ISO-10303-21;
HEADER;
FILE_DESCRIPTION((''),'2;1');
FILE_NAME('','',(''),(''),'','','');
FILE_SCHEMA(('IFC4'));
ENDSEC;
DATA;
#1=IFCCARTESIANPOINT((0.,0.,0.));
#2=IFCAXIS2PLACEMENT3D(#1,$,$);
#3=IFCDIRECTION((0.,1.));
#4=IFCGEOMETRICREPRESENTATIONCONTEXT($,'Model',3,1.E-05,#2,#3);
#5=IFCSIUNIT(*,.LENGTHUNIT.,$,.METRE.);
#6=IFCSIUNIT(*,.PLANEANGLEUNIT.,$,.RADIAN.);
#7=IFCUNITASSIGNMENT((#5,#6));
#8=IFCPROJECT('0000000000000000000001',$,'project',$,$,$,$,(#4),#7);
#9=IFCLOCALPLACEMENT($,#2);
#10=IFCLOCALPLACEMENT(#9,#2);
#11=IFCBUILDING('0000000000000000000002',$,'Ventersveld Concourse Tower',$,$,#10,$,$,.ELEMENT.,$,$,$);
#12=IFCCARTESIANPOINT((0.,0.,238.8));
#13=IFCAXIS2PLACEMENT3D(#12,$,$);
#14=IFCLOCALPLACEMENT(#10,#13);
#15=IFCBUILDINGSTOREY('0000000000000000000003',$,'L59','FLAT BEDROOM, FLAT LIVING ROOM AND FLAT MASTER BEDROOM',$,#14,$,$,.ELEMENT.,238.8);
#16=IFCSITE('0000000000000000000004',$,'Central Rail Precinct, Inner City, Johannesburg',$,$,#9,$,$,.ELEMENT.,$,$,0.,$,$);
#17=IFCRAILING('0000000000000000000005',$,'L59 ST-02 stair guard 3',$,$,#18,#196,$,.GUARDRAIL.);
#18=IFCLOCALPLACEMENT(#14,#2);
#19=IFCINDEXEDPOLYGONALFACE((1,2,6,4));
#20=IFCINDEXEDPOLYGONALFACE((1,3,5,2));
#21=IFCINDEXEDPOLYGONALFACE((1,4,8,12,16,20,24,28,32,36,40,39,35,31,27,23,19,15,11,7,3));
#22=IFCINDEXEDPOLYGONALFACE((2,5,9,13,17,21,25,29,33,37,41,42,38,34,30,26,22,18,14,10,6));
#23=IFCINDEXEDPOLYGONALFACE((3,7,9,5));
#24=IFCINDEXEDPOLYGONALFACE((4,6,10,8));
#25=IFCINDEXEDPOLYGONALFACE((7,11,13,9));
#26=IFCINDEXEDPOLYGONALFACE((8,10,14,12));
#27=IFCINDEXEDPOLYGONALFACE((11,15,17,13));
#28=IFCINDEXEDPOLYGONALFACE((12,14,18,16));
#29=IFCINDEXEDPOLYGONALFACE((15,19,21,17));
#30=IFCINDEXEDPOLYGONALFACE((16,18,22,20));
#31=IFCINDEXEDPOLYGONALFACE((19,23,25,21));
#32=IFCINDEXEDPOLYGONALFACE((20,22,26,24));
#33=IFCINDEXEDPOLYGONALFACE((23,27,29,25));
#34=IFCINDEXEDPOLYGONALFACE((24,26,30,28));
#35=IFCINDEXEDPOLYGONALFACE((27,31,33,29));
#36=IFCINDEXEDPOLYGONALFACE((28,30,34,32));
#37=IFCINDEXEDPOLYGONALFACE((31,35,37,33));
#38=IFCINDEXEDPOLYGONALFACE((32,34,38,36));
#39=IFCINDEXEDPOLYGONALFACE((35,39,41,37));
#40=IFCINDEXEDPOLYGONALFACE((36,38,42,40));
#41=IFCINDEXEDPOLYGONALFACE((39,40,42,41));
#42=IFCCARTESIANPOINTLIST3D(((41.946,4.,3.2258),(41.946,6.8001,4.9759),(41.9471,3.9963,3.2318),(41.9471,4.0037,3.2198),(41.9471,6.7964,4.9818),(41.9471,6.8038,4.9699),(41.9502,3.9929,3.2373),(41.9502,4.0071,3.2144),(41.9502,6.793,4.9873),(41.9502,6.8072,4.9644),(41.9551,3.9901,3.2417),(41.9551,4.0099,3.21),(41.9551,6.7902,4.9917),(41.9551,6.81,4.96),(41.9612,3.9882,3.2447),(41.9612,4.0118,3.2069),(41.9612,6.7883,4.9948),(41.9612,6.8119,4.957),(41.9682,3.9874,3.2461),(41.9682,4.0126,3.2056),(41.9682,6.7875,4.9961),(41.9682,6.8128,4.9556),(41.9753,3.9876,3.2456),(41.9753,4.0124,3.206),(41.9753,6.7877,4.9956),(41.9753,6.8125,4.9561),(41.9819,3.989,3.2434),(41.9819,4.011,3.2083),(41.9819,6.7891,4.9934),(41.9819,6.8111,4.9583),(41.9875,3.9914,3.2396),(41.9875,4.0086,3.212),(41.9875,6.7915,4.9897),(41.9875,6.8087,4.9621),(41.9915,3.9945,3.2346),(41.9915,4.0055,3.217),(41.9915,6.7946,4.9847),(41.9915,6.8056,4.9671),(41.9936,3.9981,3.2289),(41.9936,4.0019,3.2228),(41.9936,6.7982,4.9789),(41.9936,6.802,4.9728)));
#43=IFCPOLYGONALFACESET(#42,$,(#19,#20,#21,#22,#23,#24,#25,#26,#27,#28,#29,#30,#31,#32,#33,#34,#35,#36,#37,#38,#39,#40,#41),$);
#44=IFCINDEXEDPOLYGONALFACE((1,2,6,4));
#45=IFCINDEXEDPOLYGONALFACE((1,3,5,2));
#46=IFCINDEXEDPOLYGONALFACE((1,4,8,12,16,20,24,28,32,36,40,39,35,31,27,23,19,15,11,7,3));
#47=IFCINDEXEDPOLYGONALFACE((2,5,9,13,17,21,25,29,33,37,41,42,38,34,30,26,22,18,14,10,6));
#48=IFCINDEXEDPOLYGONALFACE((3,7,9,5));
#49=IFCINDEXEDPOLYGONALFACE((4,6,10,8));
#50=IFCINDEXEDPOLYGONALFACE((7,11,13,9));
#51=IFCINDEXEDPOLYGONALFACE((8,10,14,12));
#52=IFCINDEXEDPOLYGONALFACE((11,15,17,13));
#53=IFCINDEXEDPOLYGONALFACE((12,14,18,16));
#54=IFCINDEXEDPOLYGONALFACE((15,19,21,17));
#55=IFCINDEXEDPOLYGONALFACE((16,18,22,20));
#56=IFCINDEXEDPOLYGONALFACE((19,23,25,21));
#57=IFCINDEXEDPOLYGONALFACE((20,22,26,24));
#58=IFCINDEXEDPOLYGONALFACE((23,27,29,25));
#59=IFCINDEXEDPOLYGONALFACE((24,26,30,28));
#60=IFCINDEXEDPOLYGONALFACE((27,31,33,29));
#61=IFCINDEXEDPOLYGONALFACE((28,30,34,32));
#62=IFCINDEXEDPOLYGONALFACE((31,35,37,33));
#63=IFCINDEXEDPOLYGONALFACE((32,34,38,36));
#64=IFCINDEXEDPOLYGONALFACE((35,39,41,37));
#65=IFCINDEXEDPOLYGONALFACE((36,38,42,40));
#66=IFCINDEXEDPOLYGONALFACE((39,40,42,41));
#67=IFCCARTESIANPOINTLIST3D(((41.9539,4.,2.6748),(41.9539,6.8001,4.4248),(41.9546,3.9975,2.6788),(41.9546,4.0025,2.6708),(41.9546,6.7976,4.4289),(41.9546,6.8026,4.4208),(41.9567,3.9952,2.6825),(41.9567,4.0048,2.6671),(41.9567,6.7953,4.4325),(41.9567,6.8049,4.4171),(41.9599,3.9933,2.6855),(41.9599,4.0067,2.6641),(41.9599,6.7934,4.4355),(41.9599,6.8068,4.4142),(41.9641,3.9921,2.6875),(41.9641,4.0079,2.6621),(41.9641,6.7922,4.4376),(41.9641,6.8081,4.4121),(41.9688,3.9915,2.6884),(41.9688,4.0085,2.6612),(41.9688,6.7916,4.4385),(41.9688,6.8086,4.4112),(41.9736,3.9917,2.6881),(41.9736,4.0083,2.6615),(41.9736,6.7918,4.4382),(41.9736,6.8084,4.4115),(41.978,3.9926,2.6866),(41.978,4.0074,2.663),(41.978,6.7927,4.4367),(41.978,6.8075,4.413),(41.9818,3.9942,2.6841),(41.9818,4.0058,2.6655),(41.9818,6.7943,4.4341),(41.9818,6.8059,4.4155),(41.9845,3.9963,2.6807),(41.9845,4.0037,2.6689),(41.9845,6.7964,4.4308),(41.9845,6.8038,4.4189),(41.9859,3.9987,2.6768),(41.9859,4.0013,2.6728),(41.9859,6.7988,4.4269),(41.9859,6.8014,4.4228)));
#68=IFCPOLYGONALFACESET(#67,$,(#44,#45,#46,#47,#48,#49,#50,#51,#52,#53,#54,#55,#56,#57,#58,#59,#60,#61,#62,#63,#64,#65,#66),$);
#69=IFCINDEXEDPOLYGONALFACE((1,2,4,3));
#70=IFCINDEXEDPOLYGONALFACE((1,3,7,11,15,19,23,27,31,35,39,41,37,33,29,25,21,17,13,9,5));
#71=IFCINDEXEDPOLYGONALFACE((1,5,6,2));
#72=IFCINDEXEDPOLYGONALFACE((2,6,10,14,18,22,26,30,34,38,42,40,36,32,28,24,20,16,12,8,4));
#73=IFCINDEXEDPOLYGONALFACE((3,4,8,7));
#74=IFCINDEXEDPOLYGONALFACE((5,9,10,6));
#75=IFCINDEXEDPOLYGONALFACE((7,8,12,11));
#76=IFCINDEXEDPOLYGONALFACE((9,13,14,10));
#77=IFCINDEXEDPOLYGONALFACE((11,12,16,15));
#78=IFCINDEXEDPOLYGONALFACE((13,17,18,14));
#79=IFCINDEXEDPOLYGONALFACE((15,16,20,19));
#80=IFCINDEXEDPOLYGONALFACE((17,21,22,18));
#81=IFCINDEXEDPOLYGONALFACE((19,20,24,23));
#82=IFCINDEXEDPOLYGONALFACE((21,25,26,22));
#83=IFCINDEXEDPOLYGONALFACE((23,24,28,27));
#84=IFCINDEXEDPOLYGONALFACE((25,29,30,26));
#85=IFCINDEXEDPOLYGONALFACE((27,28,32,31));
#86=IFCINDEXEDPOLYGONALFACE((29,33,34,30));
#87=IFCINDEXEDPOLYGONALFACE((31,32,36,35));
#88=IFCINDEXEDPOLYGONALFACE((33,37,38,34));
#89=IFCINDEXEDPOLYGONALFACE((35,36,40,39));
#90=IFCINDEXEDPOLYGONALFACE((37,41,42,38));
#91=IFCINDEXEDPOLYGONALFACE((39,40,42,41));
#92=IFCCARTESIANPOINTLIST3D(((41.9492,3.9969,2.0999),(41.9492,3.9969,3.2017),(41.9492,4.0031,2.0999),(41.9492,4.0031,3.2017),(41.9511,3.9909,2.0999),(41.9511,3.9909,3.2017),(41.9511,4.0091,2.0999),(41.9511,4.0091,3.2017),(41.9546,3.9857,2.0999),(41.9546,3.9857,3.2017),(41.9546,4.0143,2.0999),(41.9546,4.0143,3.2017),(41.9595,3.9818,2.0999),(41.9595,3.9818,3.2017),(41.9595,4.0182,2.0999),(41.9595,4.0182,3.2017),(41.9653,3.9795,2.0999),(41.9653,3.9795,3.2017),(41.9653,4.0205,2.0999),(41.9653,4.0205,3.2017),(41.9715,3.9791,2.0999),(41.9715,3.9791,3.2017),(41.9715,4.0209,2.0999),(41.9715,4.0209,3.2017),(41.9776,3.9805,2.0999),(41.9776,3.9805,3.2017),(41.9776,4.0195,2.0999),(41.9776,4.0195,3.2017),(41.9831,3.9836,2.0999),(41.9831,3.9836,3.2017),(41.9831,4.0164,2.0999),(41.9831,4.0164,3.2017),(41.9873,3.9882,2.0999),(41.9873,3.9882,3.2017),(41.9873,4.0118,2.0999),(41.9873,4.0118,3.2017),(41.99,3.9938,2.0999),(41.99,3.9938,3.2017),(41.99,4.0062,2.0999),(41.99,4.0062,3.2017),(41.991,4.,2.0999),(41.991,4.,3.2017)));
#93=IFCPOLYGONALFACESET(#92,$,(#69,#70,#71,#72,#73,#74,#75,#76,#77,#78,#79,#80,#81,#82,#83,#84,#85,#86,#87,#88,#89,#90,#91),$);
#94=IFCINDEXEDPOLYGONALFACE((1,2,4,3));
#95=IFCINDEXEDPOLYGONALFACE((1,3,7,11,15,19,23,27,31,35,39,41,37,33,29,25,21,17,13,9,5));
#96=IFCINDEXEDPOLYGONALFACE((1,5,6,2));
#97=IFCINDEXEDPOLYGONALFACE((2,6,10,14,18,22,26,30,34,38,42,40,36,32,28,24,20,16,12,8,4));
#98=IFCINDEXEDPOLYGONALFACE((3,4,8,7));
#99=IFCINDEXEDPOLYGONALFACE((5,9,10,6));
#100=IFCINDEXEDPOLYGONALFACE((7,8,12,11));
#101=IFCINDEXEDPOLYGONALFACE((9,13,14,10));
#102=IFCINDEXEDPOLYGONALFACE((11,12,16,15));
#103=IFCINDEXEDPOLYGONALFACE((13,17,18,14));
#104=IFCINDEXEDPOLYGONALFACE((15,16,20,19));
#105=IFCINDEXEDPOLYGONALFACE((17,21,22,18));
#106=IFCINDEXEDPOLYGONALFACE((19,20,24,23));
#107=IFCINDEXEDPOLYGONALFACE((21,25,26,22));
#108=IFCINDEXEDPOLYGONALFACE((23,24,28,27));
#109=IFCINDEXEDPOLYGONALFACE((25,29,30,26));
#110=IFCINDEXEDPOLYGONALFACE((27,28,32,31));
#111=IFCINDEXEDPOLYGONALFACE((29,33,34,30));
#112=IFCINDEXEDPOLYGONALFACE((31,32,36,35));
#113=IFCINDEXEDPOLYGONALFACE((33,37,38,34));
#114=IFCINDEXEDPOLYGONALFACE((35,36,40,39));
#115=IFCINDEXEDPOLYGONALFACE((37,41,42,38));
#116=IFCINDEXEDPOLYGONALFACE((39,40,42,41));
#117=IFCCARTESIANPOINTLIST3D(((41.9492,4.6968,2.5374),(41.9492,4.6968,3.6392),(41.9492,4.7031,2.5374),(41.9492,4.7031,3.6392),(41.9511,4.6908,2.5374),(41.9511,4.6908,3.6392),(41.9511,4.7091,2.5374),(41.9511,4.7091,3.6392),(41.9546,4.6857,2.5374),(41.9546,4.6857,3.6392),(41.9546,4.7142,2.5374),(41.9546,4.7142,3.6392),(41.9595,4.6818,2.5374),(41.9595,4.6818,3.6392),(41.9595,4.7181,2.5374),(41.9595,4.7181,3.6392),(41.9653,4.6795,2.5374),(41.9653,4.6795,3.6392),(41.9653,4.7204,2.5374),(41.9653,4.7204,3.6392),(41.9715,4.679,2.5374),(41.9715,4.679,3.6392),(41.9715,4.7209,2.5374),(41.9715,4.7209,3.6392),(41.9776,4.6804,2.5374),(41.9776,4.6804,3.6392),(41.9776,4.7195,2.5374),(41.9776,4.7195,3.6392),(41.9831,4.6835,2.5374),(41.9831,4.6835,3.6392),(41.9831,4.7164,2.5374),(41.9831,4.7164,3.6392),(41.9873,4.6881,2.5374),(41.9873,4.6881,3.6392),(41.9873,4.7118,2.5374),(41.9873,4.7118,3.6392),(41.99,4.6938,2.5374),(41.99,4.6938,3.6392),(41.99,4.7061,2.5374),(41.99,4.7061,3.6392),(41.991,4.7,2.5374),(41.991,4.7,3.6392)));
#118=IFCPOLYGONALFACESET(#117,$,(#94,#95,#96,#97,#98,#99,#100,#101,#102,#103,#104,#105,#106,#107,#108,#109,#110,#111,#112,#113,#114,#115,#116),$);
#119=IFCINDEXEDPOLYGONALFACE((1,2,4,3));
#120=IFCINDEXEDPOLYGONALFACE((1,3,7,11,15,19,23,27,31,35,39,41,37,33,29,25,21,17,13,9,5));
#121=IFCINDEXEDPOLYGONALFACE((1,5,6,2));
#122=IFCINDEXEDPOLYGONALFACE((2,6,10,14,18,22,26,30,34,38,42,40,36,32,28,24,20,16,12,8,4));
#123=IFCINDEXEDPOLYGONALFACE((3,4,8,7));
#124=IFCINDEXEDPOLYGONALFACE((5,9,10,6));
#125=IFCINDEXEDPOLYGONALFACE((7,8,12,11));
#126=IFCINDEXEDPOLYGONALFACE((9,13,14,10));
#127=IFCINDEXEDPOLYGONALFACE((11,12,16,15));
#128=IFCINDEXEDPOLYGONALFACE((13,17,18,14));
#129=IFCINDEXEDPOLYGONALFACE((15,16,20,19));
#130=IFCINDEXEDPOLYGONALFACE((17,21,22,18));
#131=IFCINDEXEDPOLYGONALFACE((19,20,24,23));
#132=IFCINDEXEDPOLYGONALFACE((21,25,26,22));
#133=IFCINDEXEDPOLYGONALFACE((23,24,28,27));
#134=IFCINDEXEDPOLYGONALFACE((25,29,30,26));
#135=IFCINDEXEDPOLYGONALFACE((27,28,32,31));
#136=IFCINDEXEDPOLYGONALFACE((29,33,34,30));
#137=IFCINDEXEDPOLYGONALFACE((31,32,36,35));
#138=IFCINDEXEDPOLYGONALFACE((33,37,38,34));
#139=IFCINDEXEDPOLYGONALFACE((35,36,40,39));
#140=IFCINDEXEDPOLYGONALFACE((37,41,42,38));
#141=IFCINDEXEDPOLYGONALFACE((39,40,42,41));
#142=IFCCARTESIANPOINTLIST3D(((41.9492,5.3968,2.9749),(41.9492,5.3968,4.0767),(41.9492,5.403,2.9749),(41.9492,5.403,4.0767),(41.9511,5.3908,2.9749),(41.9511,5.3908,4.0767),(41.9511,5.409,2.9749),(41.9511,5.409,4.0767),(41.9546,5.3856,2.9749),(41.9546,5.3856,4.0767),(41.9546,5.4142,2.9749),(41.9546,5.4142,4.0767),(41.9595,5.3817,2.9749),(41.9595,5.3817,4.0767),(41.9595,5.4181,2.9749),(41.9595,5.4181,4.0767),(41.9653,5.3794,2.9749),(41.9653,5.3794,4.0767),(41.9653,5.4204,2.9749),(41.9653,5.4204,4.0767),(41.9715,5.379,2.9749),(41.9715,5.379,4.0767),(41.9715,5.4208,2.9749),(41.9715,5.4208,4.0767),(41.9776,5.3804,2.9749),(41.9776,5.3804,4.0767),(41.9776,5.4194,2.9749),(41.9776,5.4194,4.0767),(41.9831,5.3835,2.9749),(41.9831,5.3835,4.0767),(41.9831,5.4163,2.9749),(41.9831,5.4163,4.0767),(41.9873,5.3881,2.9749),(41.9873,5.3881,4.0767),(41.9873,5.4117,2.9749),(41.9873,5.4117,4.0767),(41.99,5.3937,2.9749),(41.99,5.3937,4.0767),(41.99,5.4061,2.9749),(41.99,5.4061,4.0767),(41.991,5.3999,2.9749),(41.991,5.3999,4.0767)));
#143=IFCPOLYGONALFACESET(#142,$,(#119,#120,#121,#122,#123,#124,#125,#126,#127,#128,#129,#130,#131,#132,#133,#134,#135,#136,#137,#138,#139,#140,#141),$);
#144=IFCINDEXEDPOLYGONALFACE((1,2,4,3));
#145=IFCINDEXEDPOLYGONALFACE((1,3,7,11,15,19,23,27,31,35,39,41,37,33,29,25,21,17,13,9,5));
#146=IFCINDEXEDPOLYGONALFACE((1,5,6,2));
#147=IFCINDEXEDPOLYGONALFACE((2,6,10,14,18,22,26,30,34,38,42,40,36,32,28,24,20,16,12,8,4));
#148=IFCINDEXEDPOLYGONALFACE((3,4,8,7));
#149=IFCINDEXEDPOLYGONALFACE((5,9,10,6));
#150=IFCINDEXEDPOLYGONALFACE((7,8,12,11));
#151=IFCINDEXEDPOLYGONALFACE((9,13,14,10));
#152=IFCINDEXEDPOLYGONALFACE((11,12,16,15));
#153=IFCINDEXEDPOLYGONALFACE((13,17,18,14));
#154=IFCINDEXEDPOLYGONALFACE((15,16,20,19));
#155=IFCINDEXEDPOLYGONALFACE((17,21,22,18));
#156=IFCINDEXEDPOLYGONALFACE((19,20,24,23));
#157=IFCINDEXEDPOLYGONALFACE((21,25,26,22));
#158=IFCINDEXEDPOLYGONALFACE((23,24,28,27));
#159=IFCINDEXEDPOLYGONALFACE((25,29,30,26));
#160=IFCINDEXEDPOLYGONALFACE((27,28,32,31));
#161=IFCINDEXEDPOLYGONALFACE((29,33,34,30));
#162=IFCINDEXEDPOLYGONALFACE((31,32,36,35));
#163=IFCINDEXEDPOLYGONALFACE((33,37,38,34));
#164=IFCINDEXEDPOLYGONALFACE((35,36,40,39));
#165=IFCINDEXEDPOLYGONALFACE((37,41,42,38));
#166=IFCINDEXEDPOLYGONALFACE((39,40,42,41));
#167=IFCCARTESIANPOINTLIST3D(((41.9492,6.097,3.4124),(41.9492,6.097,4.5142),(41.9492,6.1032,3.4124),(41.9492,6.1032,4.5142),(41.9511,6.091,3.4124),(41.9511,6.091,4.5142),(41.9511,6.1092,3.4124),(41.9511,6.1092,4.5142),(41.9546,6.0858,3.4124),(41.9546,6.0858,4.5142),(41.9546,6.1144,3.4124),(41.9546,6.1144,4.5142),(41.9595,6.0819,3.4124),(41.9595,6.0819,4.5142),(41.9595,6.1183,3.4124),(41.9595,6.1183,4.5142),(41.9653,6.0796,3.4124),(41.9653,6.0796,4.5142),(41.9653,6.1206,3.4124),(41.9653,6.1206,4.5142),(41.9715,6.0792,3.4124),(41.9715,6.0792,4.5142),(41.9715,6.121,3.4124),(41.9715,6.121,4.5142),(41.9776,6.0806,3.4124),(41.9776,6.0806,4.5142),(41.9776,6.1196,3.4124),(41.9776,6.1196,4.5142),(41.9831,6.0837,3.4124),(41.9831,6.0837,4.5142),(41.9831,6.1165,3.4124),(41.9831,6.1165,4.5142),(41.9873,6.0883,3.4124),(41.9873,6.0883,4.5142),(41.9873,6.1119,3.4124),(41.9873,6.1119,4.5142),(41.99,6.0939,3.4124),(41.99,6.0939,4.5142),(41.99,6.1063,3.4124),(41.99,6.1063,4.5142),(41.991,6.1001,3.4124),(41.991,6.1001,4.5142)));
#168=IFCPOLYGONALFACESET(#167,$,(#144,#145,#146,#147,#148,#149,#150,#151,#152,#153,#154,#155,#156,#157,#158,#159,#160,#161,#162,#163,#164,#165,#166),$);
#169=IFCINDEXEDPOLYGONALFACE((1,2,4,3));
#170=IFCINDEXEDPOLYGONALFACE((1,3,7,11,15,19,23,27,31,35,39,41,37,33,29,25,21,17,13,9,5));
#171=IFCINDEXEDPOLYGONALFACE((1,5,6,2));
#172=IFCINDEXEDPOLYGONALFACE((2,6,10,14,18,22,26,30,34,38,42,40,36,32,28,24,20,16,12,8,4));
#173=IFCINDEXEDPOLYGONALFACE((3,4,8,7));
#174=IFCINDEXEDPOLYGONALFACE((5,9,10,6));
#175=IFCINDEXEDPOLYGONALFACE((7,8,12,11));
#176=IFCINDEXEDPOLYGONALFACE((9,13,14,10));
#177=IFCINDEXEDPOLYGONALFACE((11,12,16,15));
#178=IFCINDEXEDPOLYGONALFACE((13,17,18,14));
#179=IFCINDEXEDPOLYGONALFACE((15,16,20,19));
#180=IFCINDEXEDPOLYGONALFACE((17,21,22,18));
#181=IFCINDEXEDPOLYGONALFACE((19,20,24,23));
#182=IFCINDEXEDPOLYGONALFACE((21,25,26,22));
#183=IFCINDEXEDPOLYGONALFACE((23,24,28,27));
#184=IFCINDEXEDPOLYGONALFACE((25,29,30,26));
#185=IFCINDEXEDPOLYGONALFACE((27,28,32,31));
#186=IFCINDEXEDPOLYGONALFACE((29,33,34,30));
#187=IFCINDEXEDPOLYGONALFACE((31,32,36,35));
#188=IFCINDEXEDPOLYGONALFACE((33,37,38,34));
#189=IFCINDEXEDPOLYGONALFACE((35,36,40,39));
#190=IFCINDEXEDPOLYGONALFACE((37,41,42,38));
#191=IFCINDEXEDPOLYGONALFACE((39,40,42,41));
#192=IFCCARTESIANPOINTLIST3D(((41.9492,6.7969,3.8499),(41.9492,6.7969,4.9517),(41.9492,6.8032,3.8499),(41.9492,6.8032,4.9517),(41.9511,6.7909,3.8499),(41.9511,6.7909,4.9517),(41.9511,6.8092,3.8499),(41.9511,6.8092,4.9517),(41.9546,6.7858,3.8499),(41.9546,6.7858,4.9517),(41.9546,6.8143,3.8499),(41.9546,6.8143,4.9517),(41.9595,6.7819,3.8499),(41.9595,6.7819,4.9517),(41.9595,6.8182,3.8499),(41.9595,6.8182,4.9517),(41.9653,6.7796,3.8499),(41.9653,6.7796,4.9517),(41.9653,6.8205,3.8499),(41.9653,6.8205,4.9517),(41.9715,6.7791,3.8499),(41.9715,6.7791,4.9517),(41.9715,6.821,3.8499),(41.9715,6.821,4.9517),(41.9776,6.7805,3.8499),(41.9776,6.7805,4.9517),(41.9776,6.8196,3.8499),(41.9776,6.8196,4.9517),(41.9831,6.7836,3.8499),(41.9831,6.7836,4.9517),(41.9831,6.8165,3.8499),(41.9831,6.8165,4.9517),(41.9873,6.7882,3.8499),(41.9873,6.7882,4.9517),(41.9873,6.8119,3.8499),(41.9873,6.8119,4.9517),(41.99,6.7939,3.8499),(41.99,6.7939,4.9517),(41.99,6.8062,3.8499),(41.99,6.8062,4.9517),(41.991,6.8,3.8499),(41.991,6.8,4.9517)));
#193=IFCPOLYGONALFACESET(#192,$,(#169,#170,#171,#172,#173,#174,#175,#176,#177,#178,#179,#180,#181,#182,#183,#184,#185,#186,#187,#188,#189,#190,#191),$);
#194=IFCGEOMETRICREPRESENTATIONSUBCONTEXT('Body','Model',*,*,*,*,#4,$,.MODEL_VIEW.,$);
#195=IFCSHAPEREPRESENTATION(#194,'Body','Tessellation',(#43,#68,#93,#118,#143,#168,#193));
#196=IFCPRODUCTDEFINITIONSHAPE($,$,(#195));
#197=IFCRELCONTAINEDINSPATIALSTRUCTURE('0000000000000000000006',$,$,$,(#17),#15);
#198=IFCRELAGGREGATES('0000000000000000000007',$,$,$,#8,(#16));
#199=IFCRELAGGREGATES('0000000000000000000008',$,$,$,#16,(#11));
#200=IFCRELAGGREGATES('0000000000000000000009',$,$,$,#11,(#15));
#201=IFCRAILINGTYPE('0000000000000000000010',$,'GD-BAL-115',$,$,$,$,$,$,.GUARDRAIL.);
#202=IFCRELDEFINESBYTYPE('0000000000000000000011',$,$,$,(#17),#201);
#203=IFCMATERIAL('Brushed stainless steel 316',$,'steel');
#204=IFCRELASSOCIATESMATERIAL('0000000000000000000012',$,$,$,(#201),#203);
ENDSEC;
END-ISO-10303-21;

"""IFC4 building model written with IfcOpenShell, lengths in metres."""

from ifc_helpers import new_model, si_unit, direction, frame, origin, origin_2d, place, context, subcontext, project, spatial, circle, extrude, material, type_object, element, save


model = new_model("IFC4")

# Units and contexts
model_context = context("Model", 3, precision=1e-05, world=origin(), true_north=direction((0.0, 1.0)))
body_context = subcontext(model_context, "Body", "Model", "MODEL_VIEW")
ifc_project = project(units=[si_unit("LENGTHUNIT", "METRE"), si_unit("PLANEANGLEUNIT", "RADIAN")], contexts=[model_context])

# Site, building, storey
site_placement = place(None, origin())
site = spatial("IfcSite", under=ifc_project, at=site_placement, Name="Central Rail Precinct, Inner City, Johannesburg", CompositionType="ELEMENT", RefElevation=0.0)
building_placement = place(site_placement, origin())
building = spatial("IfcBuilding", under=site, at=building_placement, Name="Ventersveld Concourse Tower", CompositionType="ELEMENT")
storey_placement = place(building_placement, frame((0.0, 0.0, 238.8)))
storey = spatial("IfcBuildingStorey", under=building, at=storey_placement, Name="L59", Description="FLAT BEDROOM, FLAT LIVING ROOM AND FLAT MASTER BEDROOM", CompositionType="ELEMENT", Elevation=238.8)

# Railing
ifc_material_1 = material(Name="Brushed stainless steel 316", Category="steel")
railing_type_1 = type_object("IfcRailingType", Name="GD-BAL-115", PredefinedType="GUARDRAIL", material=ifc_material_1)
railing_1_placement = place(storey_placement, frame((41.97, 4.0, 2.0999)))
element("IfcRailing", 1, at=railing_1_placement, inside=storey, type_object=railing_type_1, Name="L59 ST-02 stair guard 3", PredefinedType="GUARDRAIL", context=body_context, shape_type="SweptSolid", body=[
    extrude(circle(Radius=0.0239, at=origin_2d()), frame((0.0, 0.0, 1.126), z_axis=(0.0, 0.848002, 0.529992), x_axis=(-1.0, 0.0, 0.0)), (0.0, 0.0, 1.0), 3.302),
    extrude(circle(Radius=0.0161, at=origin_2d()), frame((0.0, 0.0, 0.575), z_axis=(0.0, 0.848002, 0.529992), x_axis=(-1.0, 0.0, 0.0)), (0.0, 0.0, 1.0), 3.302),
    extrude(circle(Radius=0.021, at=origin_2d()), origin(), (0.0, 0.0, 1.0), 1.1018),
    extrude(circle(Radius=0.021, at=origin_2d()), frame((0.0, 0.7, 0.4375)), (0.0, 0.0, 1.0), 1.1018),
    extrude(circle(Radius=0.021, at=origin_2d()), frame((0.0, 1.3999, 0.875)), (0.0, 0.0, 1.0), 1.1018),
    extrude(circle(Radius=0.021, at=origin_2d()), frame((0.0, 2.1001, 1.3125)), (0.0, 0.0, 1.0), 1.1018),
    extrude(circle(Radius=0.021, at=origin_2d()), frame((0.0, 2.8, 1.75)), (0.0, 0.0, 1.0), 1.1018),
])

save(model, "model.ifc")
